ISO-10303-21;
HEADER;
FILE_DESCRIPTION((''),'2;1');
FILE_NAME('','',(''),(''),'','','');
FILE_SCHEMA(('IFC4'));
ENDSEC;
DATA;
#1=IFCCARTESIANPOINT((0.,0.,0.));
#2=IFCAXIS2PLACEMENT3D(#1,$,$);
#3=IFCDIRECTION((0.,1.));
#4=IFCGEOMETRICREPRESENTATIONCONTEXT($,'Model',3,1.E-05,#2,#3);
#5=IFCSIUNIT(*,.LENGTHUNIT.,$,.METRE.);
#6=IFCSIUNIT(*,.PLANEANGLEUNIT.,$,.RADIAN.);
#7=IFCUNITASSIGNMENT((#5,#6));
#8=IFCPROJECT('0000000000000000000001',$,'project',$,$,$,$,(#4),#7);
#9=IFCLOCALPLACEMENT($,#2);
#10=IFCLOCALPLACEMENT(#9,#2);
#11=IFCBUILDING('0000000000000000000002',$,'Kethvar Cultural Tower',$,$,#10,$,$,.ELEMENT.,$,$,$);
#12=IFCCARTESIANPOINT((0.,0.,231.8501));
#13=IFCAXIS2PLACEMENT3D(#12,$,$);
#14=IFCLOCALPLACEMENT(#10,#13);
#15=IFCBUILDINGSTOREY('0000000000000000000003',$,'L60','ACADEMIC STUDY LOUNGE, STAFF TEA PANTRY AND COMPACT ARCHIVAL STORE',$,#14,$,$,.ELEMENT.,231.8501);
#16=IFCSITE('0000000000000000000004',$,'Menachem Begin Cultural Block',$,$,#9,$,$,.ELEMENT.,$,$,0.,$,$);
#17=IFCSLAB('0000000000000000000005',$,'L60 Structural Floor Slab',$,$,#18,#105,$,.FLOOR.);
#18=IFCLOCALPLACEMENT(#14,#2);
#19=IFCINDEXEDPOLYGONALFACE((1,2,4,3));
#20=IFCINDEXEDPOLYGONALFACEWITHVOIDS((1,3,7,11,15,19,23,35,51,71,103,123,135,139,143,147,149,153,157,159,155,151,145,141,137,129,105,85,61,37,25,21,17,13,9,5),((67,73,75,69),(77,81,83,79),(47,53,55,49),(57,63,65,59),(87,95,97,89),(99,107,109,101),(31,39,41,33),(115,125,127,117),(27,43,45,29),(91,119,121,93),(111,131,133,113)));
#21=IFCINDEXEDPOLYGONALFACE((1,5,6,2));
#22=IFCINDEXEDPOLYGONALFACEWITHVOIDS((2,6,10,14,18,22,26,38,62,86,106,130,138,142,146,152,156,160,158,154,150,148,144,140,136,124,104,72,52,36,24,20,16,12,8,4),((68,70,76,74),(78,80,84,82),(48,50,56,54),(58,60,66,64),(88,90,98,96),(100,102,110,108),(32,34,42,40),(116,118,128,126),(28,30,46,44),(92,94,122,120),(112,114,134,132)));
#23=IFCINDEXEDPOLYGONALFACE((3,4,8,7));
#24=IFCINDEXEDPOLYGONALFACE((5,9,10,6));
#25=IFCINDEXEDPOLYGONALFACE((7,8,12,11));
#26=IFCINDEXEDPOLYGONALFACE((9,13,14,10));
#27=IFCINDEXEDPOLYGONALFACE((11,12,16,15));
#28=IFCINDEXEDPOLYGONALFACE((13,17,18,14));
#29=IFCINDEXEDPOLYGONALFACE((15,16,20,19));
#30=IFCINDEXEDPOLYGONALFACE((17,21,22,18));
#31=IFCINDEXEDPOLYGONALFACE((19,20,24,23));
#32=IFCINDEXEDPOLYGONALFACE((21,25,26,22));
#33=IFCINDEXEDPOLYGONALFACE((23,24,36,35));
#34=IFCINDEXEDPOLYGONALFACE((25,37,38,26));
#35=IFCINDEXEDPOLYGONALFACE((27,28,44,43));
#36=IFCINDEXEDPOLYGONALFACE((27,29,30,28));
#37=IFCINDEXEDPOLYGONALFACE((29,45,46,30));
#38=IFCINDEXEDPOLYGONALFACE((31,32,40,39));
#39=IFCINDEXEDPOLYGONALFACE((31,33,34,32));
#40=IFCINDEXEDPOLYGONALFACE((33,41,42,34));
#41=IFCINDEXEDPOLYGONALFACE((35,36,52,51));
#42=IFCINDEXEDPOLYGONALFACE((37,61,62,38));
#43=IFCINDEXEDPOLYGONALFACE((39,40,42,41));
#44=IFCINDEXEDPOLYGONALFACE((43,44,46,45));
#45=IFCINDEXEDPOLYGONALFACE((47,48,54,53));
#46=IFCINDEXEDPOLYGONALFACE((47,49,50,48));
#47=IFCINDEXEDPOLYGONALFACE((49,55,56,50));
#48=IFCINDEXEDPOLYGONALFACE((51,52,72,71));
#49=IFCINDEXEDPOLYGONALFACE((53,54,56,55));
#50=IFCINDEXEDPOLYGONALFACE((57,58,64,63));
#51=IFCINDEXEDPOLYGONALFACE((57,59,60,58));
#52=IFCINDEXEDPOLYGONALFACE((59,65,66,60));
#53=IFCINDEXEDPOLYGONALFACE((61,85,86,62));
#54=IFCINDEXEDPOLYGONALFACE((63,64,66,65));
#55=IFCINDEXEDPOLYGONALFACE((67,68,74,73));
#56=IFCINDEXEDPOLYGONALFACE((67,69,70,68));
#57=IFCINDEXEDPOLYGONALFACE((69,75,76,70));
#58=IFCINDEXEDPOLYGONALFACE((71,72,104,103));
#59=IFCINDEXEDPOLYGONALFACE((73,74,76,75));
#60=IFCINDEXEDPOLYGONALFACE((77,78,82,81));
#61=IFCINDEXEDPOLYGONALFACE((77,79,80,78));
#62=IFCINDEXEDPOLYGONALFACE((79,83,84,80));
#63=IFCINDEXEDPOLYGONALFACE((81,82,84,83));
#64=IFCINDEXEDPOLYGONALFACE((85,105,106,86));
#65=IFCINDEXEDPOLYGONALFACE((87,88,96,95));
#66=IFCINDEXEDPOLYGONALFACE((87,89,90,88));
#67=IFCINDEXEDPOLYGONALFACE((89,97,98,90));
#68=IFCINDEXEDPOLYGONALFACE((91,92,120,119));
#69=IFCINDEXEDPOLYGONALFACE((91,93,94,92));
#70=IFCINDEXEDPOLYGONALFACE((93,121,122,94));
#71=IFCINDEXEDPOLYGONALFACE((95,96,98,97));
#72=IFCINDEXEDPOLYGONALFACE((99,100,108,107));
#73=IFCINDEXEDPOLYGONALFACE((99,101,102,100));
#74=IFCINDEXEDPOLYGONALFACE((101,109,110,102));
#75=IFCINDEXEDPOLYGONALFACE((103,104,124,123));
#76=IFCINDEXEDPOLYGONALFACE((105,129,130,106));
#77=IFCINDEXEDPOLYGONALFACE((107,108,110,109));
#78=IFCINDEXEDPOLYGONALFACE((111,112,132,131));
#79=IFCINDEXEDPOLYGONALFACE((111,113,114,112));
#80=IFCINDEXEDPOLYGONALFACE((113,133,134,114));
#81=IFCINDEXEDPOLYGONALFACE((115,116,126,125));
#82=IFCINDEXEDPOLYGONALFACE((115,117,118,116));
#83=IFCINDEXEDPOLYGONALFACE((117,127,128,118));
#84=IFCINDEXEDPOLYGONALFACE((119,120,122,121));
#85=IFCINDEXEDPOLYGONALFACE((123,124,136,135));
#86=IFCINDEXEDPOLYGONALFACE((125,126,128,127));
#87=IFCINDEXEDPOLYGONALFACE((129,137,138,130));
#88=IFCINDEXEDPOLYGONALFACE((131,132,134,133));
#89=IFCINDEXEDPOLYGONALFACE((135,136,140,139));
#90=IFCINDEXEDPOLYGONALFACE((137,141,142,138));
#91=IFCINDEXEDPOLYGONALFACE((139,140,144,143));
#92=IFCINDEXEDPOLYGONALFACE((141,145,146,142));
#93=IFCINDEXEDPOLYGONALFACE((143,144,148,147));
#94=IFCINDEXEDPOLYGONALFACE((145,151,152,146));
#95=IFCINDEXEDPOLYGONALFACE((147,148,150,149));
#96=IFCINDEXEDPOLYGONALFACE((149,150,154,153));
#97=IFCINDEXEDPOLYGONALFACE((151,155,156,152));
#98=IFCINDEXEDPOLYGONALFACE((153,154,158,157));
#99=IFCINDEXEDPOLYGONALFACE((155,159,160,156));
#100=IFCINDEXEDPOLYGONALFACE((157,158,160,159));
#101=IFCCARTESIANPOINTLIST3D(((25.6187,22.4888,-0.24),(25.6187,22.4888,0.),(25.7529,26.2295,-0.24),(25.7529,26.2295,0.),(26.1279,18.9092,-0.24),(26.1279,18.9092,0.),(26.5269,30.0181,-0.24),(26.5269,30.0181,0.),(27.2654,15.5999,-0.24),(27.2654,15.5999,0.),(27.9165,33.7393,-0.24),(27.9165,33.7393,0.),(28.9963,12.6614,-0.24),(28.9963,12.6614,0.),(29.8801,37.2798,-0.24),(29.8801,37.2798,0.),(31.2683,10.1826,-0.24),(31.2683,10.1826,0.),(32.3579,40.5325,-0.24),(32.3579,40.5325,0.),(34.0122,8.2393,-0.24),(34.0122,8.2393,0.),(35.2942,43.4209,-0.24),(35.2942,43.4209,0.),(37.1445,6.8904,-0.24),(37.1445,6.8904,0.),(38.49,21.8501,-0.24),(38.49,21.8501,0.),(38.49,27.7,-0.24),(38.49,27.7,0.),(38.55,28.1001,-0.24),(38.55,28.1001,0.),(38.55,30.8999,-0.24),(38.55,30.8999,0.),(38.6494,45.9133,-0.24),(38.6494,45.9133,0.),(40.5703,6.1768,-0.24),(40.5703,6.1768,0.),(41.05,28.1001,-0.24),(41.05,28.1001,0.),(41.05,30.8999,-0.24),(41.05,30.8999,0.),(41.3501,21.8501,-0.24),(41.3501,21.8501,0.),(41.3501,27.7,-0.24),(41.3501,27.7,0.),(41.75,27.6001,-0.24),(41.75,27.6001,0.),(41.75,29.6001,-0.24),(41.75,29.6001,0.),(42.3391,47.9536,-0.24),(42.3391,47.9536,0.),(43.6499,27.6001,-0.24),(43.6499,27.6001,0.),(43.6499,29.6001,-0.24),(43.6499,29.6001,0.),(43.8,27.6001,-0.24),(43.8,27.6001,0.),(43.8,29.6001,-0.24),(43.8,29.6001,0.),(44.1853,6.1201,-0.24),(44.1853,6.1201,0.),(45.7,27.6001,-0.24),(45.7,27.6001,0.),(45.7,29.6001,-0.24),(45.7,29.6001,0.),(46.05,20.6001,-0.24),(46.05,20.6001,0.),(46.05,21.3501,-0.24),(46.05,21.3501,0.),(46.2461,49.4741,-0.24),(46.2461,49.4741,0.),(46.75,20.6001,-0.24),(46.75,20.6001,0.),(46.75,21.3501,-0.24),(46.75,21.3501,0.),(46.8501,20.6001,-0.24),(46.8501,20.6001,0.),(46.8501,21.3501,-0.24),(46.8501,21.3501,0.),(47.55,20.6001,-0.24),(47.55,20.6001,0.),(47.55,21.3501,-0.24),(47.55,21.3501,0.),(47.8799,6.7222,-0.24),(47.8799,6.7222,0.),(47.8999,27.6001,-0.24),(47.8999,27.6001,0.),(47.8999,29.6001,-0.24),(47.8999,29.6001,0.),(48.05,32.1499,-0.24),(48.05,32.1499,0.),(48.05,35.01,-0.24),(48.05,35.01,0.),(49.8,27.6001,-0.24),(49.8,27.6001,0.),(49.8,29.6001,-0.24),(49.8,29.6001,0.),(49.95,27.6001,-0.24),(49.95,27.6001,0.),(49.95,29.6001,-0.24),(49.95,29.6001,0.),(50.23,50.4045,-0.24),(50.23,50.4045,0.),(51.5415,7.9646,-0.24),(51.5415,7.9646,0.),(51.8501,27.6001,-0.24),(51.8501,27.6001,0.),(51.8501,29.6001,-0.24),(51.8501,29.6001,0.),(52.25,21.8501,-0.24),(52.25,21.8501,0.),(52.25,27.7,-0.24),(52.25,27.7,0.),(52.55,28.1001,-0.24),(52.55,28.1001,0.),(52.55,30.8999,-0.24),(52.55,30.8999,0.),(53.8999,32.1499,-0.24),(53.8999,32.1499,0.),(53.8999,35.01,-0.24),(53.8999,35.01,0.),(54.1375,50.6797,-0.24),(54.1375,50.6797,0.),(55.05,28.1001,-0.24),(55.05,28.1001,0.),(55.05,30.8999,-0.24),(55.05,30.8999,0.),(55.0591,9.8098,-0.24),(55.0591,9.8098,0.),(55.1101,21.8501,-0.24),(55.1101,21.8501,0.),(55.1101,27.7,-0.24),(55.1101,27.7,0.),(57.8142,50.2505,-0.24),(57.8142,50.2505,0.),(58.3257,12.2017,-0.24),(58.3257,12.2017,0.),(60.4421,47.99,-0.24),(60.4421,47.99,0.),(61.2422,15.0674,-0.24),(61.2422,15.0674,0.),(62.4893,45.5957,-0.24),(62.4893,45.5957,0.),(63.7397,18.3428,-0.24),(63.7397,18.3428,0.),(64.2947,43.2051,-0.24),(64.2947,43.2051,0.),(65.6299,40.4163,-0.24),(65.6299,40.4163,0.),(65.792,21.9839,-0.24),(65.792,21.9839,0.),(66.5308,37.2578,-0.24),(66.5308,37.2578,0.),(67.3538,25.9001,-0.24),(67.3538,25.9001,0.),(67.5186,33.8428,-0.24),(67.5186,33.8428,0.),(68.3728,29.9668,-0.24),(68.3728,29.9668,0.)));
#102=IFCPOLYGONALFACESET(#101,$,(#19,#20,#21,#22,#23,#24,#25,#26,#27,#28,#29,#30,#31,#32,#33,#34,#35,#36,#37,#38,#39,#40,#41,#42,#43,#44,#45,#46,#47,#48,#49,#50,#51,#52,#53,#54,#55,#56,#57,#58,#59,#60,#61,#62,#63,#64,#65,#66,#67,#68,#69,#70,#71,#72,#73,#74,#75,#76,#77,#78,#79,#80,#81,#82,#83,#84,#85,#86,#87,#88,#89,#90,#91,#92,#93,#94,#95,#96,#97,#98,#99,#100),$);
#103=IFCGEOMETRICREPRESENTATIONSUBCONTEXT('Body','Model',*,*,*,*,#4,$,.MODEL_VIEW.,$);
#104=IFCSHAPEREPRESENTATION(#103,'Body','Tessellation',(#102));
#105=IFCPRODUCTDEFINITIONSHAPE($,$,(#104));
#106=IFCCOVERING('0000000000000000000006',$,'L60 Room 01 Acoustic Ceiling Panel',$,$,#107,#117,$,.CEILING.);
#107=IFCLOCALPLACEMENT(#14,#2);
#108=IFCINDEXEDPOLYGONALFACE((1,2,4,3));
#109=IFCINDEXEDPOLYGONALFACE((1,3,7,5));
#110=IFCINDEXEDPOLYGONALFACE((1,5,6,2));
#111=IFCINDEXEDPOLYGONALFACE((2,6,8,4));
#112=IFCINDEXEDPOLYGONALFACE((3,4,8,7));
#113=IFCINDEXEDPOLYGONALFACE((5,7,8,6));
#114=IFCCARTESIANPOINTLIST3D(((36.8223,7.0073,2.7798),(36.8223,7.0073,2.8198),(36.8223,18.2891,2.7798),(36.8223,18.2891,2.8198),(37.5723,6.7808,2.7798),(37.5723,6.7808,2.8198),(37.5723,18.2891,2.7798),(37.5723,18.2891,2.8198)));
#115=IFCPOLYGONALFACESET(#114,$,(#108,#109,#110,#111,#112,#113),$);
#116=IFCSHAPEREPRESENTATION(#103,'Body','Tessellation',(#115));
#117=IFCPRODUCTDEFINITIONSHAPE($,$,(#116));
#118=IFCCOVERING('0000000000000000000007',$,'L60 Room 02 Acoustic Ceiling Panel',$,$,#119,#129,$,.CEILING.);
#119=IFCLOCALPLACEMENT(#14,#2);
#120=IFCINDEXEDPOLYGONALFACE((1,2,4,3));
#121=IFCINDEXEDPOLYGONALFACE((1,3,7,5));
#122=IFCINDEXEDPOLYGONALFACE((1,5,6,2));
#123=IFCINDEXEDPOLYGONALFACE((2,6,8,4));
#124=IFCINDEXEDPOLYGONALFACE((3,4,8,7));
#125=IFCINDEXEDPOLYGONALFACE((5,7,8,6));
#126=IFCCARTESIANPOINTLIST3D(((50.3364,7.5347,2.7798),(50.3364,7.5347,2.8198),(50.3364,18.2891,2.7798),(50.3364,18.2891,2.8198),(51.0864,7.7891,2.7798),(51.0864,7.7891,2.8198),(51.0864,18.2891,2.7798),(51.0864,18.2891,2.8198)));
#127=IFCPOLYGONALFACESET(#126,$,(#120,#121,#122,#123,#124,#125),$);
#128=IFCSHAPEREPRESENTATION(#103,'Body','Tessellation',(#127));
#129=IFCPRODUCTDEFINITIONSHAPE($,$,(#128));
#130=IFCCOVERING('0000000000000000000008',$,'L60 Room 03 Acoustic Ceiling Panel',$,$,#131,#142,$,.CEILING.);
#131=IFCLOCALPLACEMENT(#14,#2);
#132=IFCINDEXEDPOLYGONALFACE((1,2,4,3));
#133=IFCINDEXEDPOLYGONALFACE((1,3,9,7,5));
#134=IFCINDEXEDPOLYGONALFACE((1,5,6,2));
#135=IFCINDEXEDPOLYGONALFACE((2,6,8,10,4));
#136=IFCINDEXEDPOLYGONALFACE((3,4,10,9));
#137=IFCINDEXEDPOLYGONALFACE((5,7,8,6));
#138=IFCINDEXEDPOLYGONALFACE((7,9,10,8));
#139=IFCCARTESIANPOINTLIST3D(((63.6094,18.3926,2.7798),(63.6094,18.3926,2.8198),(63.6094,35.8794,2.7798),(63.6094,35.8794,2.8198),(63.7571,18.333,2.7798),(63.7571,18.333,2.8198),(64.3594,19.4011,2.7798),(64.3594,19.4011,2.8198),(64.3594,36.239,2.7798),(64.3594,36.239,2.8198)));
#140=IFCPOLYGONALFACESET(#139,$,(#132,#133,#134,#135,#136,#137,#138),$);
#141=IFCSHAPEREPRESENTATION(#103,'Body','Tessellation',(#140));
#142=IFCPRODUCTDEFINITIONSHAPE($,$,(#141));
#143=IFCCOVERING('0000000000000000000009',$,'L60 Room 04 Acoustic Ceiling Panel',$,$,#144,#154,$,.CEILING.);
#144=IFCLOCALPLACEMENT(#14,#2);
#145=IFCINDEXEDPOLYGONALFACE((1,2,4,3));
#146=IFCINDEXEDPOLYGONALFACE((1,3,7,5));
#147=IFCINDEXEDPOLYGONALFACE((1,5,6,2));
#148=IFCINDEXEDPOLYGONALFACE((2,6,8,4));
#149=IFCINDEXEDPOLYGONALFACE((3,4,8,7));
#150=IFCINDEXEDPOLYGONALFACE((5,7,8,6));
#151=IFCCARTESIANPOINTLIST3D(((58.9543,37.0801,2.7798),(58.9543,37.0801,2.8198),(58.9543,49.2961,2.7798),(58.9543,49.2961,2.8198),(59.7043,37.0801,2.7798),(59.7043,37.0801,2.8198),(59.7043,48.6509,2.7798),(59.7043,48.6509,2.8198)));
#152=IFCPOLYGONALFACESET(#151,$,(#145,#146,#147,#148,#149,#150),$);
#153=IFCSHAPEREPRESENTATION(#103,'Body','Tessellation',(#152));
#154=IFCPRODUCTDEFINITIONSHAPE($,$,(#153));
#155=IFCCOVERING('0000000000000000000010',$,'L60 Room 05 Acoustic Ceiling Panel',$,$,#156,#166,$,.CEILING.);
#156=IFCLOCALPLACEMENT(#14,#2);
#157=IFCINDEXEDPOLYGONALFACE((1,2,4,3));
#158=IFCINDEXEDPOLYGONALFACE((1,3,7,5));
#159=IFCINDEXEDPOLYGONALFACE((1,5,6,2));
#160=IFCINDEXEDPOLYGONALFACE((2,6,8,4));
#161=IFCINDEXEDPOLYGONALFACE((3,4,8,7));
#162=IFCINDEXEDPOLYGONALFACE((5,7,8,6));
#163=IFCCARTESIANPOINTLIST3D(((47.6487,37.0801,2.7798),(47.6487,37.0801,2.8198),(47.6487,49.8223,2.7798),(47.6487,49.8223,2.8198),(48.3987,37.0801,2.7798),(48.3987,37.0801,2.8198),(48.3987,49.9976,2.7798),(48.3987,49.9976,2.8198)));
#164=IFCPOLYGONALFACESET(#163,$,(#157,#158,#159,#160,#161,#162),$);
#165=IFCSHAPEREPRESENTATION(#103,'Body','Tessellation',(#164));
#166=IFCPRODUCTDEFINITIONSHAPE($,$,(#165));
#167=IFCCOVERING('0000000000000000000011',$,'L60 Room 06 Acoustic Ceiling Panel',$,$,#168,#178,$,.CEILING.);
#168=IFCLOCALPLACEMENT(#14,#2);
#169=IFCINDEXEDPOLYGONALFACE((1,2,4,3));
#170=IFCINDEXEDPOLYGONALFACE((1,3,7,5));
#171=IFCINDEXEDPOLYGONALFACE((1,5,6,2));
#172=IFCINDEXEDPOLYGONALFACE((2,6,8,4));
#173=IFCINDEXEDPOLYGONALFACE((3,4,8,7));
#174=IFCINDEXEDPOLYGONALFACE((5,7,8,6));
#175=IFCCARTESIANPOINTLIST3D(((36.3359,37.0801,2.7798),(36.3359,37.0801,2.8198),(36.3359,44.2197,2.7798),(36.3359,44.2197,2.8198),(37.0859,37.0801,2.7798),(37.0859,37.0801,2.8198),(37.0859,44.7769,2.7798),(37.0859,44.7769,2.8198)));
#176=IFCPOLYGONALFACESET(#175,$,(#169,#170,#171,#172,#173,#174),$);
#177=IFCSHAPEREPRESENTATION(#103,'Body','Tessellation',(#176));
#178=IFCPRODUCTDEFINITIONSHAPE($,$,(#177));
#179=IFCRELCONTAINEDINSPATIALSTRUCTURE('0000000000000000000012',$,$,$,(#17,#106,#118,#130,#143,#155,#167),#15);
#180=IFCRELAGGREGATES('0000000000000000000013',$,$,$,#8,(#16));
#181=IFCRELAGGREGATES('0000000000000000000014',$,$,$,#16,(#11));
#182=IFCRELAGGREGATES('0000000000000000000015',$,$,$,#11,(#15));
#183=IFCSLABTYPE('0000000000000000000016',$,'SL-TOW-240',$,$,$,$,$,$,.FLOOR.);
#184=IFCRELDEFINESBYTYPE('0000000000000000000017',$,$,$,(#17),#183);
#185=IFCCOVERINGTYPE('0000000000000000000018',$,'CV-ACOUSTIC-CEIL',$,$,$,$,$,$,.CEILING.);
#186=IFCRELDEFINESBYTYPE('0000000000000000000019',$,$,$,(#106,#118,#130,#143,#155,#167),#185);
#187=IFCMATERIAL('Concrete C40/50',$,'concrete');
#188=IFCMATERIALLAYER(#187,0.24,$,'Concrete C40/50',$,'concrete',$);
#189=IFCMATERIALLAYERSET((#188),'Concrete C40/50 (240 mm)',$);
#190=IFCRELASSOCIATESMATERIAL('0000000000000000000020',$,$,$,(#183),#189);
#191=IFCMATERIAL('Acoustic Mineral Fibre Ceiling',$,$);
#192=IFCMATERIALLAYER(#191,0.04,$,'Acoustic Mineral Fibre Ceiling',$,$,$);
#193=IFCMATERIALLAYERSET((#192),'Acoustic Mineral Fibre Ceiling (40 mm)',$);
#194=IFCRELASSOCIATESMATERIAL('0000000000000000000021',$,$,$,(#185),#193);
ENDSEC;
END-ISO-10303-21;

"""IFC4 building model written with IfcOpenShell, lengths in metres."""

from ifc_helpers import new_model, si_unit, direction, frame, origin, place, context, subcontext, project, spatial, polyline, outline, extrude, material, layer, layer_set, type_object, element, save


model = new_model("IFC4")

# Units and contexts
model_context = context("Model", 3, precision=1e-05, world=origin(), true_north=direction((0.0, 1.0)))
body_context = subcontext(model_context, "Body", "Model", "MODEL_VIEW")
ifc_project = project(units=[si_unit("LENGTHUNIT", "METRE"), si_unit("PLANEANGLEUNIT", "RADIAN")], contexts=[model_context])

# Site, building, storey
site_placement = place(None, origin())
site = spatial("IfcSite", under=ifc_project, at=site_placement, Name="Menachem Begin Cultural Block", CompositionType="ELEMENT", RefElevation=0.0)
building_placement = place(site_placement, origin())
building = spatial("IfcBuilding", under=site, at=building_placement, Name="Kethvar Cultural Tower", CompositionType="ELEMENT")
storey_placement = place(building_placement, frame((0.0, 0.0, 231.8501)))
storey = spatial("IfcBuildingStorey", under=building, at=storey_placement, Name="L60", Description="ACADEMIC STUDY LOUNGE, STAFF TEA PANTRY AND COMPACT ARCHIVAL STORE", CompositionType="ELEMENT", Elevation=231.8501)

# Shared definitions
ifc_material_1 = material(Name="Concrete C40/50", Category="concrete")

# Slab
ifc_layer_1 = layer(ifc_material_1, 0.24, Name="Concrete C40/50", Category="concrete")
ifc_layer_set_1 = layer_set([ifc_layer_1], Name="Concrete C40/50 (240 mm)")
slab_type_1 = type_object("IfcSlabType", Name="SL-TOW-240", PredefinedType="FLOOR", material=ifc_layer_set_1)
slab_1_placement = place(storey_placement, frame((0.0, 0.0, -0.24)))
element("IfcSlab", 1, at=slab_1_placement, inside=storey, type_object=slab_type_1, Name="L60 Structural Floor Slab", PredefinedType="FLOOR", context=body_context, shape_type="SweptSolid", body=[
    extrude(outline(polyline([(62.4893, 45.5957), (60.4421, 47.99), (57.8142, 50.2505), (54.1375, 50.6797), (50.23, 50.4045), (46.2461, 49.4741), (42.3391, 47.9536), (38.6494, 45.9133), (35.2942, 43.4209), (32.3579, 40.5325), (29.8801, 37.2798), (27.9165, 33.7393), (26.5269, 30.0181), (25.7529, 26.2295), (25.6187, 22.4888), (26.1279, 18.9092), (27.2654, 15.5999), (28.9963, 12.6614), (31.2683, 10.1826), (34.0122, 8.2393), (37.1445, 6.8904), (40.5703, 6.1768), (44.1853, 6.1201), (47.8799, 6.7222), (51.5415, 7.9646), (55.0591, 9.8098), (58.3257, 12.2017), (61.2422, 15.0674), (63.7397, 18.3428), (65.792, 21.9839), (67.3538, 25.9001), (68.3728, 29.9668), (67.5186, 33.8428), (66.5308, 37.2578), (65.6299, 40.4163), (64.2947, 43.2051), (62.4893, 45.5957)]), holes=[polyline([(38.49, 21.8501), (38.49, 27.7), (41.3501, 27.7), (41.3501, 21.8501), (38.49, 21.8501)]), polyline([(52.25, 21.8501), (52.25, 27.7), (55.1101, 27.7), (55.1101, 21.8501), (52.25, 21.8501)]), polyline([(53.8999, 32.1499), (48.05, 32.1499), (48.05, 35.01), (53.8999, 35.01), (53.8999, 32.1499)]), polyline([(41.75, 29.6001), (43.6499, 29.6001), (43.6499, 27.6001), (41.75, 27.6001), (41.75, 29.6001)]), polyline([(43.8, 29.6001), (45.7, 29.6001), (45.7, 27.6001), (43.8, 27.6001), (43.8, 29.6001)]), polyline([(47.8999, 29.6001), (49.8, 29.6001), (49.8, 27.6001), (47.8999, 27.6001), (47.8999, 29.6001)]), polyline([(49.95, 29.6001), (51.8501, 29.6001), (51.8501, 27.6001), (49.95, 27.6001), (49.95, 29.6001)]), polyline([(38.55, 30.8999), (41.05, 30.8999), (41.05, 28.1001), (38.55, 28.1001), (38.55, 30.8999)]), polyline([(52.55, 30.8999), (55.05, 30.8999), (55.05, 28.1001), (52.55, 28.1001), (52.55, 30.8999)]), polyline([(46.05, 21.3501), (46.75, 21.3501), (46.75, 20.6001), (46.05, 20.6001), (46.05, 21.3501)]), polyline([(46.8501, 21.3501), (47.55, 21.3501), (47.55, 20.6001), (46.8501, 20.6001), (46.8501, 21.3501)])]), origin(), (0.0, 0.0, 1.0), 0.24),
])

# Coverings
ifc_material_2 = material(Name="Acoustic Mineral Fibre Ceiling")
ifc_layer_2 = layer(ifc_material_2, 0.04, Name="Acoustic Mineral Fibre Ceiling")
ifc_layer_set_2 = layer_set([ifc_layer_2], Name="Acoustic Mineral Fibre Ceiling (40 mm)")
covering_type_1 = type_object("IfcCoveringType", Name="CV-ACOUSTIC-CEIL", PredefinedType="CEILING", material=ifc_layer_set_2)
covering_1_placement = place(storey_placement, frame((0.0, 0.0, 2.7798)))
element("IfcCovering", 2, at=covering_1_placement, inside=storey, type_object=covering_type_1, Name="L60 Room 01 Acoustic Ceiling Panel", PredefinedType="CEILING", context=body_context, shape_type="SweptSolid", body=[
    extrude(outline(polyline([(37.5723, 6.7808), (36.8223, 7.0073), (36.8223, 18.2891), (37.5723, 18.2891), (37.5723, 6.7808)])), origin(), (0.0, 0.0, 1.0), 0.04),
])
covering_2_placement = place(storey_placement, frame((0.0, 0.0, 2.7798)))
element("IfcCovering", 3, at=covering_2_placement, inside=storey, type_object=covering_type_1, Name="L60 Room 02 Acoustic Ceiling Panel", PredefinedType="CEILING", context=body_context, shape_type="SweptSolid", body=[
    extrude(outline(polyline([(50.3364, 7.5347), (50.3364, 18.2891), (51.0864, 18.2891), (51.0864, 7.7891), (50.3364, 7.5347)])), origin(), (0.0, 0.0, 1.0), 0.04),
])
covering_3_placement = place(storey_placement, frame((0.0, 0.0, 2.7798)))
element("IfcCovering", 4, at=covering_3_placement, inside=storey, type_object=covering_type_1, Name="L60 Room 03 Acoustic Ceiling Panel", PredefinedType="CEILING", context=body_context, shape_type="SweptSolid", body=[
    extrude(outline(polyline([(63.7571, 18.333), (63.6094, 18.3926), (63.6094, 35.8794), (64.3594, 36.239), (64.3594, 19.4011), (63.7571, 18.333)])), origin(), (0.0, 0.0, 1.0), 0.04),
])
covering_4_placement = place(storey_placement, frame((0.0, 0.0, 2.7798)))
element("IfcCovering", 5, at=covering_4_placement, inside=storey, type_object=covering_type_1, Name="L60 Room 04 Acoustic Ceiling Panel", PredefinedType="CEILING", context=body_context, shape_type="SweptSolid", body=[
    extrude(outline(polyline([(58.9543, 37.0801), (58.9543, 49.2961), (59.7043, 48.6509), (59.7043, 37.0801), (58.9543, 37.0801)])), origin(), (0.0, 0.0, 1.0), 0.04),
])
covering_5_placement = place(storey_placement, frame((0.0, 0.0, 2.7798)))
element("IfcCovering", 6, at=covering_5_placement, inside=storey, type_object=covering_type_1, Name="L60 Room 05 Acoustic Ceiling Panel", PredefinedType="CEILING", context=body_context, shape_type="SweptSolid", body=[
    extrude(outline(polyline([(48.3987, 49.9976), (48.3987, 37.0801), (47.6487, 37.0801), (47.6487, 49.8223), (48.3987, 49.9976)])), origin(), (0.0, 0.0, 1.0), 0.04),
])
covering_6_placement = place(storey_placement, frame((0.0, 0.0, 2.7798)))
element("IfcCovering", 7, at=covering_6_placement, inside=storey, type_object=covering_type_1, Name="L60 Room 06 Acoustic Ceiling Panel", PredefinedType="CEILING", context=body_context, shape_type="SweptSolid", body=[
    extrude(outline(polyline([(37.0859, 44.7769), (37.0859, 37.0801), (36.3359, 37.0801), (36.3359, 44.2197), (37.0859, 44.7769)])), origin(), (0.0, 0.0, 1.0), 0.04),
])

save(model, "model.ifc")
